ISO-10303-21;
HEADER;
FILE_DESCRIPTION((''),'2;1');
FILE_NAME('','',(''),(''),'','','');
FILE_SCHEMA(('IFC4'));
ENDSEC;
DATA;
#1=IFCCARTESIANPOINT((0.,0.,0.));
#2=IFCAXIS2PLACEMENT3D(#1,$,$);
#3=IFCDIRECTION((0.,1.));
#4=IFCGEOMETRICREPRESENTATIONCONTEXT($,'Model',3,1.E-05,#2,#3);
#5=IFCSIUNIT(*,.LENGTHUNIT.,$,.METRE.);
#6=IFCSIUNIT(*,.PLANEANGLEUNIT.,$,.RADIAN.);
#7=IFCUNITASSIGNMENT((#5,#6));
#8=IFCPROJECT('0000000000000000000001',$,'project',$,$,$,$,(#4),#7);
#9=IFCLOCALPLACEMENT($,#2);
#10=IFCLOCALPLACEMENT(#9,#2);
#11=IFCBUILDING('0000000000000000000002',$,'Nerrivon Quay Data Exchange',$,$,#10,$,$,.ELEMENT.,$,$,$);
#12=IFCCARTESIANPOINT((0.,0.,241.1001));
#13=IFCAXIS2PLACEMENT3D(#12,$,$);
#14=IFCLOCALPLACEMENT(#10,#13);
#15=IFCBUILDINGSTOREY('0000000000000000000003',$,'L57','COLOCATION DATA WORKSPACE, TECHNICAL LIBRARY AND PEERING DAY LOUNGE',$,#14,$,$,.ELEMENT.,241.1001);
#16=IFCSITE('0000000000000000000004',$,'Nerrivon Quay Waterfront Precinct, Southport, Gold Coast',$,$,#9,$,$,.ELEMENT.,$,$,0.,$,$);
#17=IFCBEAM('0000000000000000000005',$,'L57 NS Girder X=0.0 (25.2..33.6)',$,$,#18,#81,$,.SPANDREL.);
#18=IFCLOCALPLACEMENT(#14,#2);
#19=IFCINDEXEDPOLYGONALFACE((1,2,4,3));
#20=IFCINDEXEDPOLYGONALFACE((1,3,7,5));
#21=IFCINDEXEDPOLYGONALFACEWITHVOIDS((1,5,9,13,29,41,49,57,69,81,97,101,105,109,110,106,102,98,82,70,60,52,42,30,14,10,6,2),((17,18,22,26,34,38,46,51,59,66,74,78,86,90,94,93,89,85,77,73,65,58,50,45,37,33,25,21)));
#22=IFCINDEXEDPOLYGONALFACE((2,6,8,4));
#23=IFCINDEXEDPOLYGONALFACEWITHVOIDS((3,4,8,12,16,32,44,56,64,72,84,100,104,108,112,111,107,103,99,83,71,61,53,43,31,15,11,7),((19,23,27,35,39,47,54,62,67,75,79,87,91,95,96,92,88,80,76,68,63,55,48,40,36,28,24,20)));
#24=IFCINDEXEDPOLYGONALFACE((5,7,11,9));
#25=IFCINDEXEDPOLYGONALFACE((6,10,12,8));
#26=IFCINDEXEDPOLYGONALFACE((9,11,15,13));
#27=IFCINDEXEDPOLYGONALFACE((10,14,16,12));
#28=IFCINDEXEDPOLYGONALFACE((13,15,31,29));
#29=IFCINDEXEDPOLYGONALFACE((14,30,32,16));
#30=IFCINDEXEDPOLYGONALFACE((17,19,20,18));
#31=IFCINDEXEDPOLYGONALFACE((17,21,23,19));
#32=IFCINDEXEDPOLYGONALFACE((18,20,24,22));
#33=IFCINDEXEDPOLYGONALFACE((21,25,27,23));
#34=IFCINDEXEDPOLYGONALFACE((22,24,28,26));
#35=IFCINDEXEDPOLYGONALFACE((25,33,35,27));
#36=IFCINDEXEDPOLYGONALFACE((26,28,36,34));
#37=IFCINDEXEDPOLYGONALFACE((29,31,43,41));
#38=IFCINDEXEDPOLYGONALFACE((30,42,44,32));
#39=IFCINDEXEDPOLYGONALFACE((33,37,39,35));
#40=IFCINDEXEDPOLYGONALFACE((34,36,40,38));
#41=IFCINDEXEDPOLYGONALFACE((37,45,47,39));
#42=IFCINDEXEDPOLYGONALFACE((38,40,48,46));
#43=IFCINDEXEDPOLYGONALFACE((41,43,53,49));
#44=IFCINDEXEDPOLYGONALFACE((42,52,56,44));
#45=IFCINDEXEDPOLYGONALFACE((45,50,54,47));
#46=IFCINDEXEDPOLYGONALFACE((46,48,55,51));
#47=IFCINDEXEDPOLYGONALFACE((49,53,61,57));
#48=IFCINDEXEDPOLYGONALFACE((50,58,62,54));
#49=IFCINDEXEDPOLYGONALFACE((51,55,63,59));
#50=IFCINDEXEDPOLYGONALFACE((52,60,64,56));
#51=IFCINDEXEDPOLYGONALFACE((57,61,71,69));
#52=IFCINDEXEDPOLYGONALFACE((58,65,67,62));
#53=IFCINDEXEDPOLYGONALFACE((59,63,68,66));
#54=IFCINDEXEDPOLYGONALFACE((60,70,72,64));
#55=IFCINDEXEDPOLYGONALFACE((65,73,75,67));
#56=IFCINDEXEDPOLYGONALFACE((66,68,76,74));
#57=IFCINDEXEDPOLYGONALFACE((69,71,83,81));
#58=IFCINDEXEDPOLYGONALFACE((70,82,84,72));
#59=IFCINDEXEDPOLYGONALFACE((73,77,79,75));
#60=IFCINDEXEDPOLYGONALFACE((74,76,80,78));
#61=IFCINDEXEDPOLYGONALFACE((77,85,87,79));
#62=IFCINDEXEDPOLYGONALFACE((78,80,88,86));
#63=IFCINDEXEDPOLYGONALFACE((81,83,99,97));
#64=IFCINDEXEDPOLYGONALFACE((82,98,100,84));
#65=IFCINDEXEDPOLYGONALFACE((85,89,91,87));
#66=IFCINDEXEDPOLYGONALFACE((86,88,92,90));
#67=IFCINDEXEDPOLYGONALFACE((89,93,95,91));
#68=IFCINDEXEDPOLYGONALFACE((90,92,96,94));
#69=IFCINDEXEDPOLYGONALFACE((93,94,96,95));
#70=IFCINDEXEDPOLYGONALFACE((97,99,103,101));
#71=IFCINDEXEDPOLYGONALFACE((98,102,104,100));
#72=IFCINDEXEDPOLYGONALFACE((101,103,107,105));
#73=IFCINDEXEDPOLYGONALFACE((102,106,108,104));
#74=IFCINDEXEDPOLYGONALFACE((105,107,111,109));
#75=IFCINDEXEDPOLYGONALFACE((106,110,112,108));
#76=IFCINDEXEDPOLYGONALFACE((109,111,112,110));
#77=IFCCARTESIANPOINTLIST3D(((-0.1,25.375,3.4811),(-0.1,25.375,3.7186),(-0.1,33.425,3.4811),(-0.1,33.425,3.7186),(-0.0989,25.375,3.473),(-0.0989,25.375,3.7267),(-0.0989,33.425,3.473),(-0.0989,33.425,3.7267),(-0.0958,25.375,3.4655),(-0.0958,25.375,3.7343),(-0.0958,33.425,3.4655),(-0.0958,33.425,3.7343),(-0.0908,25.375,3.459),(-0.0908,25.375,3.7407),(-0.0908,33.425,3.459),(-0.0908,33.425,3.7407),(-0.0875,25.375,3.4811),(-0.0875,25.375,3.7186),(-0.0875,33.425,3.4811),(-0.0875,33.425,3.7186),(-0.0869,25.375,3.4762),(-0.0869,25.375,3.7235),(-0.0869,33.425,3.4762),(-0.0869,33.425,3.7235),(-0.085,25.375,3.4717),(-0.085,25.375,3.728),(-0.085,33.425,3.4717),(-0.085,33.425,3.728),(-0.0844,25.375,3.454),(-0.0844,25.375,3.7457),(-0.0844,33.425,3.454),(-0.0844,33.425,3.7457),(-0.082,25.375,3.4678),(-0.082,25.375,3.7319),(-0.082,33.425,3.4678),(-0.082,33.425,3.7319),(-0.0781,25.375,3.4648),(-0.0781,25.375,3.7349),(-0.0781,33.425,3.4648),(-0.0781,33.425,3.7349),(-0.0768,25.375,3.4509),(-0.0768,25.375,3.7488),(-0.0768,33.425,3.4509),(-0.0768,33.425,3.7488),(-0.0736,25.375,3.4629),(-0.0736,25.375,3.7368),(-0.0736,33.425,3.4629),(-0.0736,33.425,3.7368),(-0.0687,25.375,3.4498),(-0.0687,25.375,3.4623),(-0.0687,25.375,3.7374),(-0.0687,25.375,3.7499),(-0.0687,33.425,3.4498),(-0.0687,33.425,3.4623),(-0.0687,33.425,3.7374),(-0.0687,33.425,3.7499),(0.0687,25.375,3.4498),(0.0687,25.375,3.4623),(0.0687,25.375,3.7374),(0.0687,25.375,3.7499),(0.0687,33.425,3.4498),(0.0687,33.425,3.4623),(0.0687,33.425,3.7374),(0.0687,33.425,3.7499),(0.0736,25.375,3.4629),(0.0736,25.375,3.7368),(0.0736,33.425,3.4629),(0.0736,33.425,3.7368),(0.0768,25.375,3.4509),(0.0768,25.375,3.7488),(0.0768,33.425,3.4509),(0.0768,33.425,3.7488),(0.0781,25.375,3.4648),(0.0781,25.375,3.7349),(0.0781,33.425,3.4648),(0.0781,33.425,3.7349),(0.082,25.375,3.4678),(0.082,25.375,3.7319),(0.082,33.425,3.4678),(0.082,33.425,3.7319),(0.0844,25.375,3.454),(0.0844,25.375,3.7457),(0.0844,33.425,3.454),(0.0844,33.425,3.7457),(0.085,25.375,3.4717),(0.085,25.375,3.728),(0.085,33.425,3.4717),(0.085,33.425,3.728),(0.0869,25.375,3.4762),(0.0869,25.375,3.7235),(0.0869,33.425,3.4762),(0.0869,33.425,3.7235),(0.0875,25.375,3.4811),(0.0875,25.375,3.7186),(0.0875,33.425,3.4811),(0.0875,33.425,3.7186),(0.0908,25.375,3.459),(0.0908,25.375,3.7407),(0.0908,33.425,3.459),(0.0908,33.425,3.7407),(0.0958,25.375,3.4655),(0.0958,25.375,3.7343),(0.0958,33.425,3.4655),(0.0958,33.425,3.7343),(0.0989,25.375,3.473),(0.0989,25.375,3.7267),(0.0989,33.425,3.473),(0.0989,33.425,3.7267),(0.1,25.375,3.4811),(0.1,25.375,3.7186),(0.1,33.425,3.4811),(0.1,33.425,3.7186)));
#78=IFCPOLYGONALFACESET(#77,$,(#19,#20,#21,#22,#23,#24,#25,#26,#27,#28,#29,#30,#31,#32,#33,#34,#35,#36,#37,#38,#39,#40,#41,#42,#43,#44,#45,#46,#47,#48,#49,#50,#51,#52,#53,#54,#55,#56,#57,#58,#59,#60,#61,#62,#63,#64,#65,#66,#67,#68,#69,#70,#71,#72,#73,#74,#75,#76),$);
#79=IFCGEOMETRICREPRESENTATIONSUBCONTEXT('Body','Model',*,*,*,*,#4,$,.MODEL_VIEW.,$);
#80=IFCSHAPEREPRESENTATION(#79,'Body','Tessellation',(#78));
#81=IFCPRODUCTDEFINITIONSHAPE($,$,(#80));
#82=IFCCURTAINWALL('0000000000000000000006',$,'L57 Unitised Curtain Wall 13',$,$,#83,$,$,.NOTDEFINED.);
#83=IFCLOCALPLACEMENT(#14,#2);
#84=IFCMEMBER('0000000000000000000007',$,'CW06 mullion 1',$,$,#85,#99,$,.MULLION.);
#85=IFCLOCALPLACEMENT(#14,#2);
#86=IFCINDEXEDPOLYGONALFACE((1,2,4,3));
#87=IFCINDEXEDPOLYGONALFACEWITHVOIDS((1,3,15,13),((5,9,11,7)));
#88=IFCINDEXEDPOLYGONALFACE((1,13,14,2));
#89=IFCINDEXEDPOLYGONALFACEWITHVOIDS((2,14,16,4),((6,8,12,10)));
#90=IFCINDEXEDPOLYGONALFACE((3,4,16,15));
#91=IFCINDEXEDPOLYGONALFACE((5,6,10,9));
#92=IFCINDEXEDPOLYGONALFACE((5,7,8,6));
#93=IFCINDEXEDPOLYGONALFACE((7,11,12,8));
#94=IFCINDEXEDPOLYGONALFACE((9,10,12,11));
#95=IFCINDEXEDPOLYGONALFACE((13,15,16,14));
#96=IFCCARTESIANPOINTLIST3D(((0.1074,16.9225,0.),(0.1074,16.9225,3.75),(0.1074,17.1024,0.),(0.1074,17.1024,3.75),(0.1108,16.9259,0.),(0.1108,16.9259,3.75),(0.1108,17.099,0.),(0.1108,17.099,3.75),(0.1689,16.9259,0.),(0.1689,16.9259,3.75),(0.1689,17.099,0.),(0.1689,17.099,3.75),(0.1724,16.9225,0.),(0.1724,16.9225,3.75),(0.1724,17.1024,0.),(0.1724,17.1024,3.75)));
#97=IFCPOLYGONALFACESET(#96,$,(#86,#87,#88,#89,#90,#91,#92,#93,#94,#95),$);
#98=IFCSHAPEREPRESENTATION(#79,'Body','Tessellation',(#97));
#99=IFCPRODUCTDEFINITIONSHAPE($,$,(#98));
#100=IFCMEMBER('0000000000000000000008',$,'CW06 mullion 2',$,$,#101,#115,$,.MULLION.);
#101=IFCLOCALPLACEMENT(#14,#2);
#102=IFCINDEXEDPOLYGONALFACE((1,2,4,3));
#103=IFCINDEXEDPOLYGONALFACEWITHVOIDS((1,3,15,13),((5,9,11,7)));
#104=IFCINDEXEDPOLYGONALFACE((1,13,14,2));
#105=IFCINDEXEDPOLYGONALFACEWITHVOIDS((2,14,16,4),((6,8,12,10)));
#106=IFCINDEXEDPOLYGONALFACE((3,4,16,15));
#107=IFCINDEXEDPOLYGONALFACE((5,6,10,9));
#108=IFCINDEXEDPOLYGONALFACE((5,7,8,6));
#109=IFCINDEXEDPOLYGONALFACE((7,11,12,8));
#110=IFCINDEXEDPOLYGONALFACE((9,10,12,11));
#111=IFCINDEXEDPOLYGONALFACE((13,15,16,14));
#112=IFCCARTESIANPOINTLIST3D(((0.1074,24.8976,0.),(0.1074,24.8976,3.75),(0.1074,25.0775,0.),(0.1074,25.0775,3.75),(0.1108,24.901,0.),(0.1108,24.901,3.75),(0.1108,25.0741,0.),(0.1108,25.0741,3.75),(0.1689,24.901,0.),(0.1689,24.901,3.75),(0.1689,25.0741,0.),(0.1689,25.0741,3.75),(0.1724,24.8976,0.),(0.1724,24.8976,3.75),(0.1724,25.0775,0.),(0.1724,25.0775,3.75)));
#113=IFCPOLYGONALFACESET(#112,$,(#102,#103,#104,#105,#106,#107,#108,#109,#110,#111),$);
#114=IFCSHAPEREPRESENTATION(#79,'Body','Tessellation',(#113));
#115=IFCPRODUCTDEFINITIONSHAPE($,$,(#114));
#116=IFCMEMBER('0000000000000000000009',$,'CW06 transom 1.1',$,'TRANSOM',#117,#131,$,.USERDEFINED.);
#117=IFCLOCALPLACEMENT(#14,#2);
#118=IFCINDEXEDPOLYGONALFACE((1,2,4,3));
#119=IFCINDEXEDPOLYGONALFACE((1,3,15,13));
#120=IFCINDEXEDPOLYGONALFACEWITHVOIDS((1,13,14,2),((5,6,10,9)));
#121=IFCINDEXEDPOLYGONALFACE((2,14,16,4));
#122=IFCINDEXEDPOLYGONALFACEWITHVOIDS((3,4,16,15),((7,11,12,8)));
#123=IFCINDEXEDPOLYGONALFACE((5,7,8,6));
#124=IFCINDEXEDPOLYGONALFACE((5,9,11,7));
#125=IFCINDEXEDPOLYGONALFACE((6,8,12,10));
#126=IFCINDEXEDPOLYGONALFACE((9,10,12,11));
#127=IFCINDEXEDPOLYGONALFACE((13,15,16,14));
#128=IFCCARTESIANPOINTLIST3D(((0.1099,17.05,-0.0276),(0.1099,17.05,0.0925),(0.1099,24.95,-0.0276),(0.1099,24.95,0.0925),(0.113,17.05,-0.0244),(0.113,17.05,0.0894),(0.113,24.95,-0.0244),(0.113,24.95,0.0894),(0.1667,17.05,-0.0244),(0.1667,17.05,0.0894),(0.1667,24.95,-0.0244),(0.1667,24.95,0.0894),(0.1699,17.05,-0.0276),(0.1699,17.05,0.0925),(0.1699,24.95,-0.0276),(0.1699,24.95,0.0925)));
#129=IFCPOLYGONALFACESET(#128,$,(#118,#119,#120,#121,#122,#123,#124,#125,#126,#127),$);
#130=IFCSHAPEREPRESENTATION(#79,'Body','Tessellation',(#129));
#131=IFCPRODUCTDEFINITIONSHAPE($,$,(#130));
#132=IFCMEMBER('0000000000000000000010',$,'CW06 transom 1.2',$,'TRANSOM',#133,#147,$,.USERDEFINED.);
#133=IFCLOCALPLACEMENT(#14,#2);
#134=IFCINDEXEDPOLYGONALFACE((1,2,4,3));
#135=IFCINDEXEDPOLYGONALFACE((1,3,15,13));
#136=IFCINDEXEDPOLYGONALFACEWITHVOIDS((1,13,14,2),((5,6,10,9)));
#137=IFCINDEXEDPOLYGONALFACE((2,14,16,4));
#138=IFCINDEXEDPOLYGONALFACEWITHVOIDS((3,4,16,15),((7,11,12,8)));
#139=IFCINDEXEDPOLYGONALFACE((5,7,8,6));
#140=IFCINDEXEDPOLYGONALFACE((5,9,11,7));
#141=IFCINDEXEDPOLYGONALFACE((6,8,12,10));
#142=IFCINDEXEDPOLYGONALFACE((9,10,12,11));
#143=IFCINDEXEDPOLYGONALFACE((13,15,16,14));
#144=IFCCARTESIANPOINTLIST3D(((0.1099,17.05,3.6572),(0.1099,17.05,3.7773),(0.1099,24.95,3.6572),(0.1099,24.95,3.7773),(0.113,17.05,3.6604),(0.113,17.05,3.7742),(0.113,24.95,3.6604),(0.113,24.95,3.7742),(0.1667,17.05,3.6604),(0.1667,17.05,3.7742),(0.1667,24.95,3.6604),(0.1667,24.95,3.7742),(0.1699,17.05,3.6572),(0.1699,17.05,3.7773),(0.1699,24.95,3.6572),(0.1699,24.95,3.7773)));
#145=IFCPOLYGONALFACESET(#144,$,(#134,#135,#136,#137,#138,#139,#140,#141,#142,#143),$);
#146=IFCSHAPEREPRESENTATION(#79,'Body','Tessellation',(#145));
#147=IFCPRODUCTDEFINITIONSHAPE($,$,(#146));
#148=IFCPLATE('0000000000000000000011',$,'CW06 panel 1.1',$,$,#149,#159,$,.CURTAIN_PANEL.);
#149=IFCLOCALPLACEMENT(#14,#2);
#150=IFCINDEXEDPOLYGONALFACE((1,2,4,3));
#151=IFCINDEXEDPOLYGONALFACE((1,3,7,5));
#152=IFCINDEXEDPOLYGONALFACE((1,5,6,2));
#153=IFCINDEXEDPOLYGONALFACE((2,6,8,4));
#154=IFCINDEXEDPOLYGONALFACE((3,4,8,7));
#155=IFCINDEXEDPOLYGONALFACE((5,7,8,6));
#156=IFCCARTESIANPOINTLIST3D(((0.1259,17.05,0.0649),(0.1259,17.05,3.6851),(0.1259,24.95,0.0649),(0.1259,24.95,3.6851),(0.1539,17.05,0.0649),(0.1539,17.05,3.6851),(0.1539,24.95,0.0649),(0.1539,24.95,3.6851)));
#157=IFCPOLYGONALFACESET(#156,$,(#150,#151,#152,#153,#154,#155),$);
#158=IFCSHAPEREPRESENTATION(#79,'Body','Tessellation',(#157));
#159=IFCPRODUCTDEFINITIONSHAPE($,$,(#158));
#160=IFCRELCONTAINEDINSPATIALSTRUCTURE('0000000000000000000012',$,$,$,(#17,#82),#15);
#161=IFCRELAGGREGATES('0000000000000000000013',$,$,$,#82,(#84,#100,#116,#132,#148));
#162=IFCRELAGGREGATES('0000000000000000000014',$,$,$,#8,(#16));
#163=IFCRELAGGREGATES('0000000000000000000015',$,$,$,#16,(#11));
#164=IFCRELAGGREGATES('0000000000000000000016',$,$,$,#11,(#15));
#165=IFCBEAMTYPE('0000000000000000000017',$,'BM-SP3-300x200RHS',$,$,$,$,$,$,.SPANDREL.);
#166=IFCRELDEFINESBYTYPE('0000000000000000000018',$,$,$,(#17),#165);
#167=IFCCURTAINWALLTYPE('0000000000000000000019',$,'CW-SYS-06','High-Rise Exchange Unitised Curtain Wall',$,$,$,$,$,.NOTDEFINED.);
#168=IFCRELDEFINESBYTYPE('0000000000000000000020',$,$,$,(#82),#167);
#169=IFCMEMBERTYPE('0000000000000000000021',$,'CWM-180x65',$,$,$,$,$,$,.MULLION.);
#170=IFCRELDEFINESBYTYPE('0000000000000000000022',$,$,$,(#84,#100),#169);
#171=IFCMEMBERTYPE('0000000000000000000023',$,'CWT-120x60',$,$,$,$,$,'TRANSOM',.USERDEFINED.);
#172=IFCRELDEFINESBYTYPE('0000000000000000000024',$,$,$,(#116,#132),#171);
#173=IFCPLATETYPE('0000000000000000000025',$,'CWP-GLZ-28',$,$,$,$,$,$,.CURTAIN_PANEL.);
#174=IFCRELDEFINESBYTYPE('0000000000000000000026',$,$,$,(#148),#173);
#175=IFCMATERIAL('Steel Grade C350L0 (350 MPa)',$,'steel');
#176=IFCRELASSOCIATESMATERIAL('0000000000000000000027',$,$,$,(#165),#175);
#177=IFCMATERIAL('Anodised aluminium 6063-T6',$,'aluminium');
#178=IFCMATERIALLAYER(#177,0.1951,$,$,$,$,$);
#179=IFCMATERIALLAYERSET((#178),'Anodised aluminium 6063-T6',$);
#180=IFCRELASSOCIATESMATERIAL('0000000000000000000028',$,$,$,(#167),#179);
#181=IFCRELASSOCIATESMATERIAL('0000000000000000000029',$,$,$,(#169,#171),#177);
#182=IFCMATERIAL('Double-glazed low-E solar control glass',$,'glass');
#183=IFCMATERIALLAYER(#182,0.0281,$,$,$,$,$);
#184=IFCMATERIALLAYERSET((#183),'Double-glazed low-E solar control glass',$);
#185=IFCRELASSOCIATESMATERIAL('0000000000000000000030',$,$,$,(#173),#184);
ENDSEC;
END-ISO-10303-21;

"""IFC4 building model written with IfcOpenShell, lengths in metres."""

from ifc_helpers import new_model, si_unit, direction, frame, origin, origin_2d, place, context, subcontext, project, spatial, rectangle, hollow_rectangle, extrude, material, layer, layer_set, material_profile, profile_set, type_object, element, aggregate, save


model = new_model("IFC4")

# Units and contexts
model_context = context("Model", 3, precision=1e-05, world=origin(), true_north=direction((0.0, 1.0)))
body_context = subcontext(model_context, "Body", "Model", "MODEL_VIEW")
ifc_project = project(units=[si_unit("LENGTHUNIT", "METRE"), si_unit("PLANEANGLEUNIT", "RADIAN")], contexts=[model_context])

# Site, building, storey
site_placement = place(None, origin())
site = spatial("IfcSite", under=ifc_project, at=site_placement, Name="Nerrivon Quay Waterfront Precinct, Southport, Gold Coast", CompositionType="ELEMENT", RefElevation=0.0)
building_placement = place(site_placement, origin())
building = spatial("IfcBuilding", under=site, at=building_placement, Name="Nerrivon Quay Data Exchange", CompositionType="ELEMENT")
storey_placement = place(building_placement, frame((0.0, 0.0, 241.1001)))
storey = spatial("IfcBuildingStorey", under=building, at=storey_placement, Name="L57", Description="COLOCATION DATA WORKSPACE, TECHNICAL LIBRARY AND PEERING DAY LOUNGE", CompositionType="ELEMENT", Elevation=241.1001)

# Beam
ifc_material_1 = material(Name="Steel Grade C350L0 (350 MPa)", Category="steel")
ifc_material_profile_1 = material_profile(ifc_material_1, hollow_rectangle(XDim=0.2, YDim=0.3, WallThickness=0.0125, InnerFilletRadius=0.0188, OuterFilletRadius=0.0312, at=origin_2d()), Name="300x200x12.5RHS")
ifc_profile_set_1 = profile_set([ifc_material_profile_1], Name="Steel Grade C350L0 (350 MPa)")
beam_type_1 = type_object("IfcBeamType", Name="BM-SP3-300x200RHS", PredefinedType="SPANDREL", material=ifc_profile_set_1)
beam_1_placement = place(storey_placement, frame((0.0, 25.375, 3.5999), z_axis=(0.0, 1.0, 0.0), x_axis=(-1.0, 0.0, 0.0)))
element("IfcBeam", 1, at=beam_1_placement, inside=storey, type_object=beam_type_1, Name="L57 NS Girder X=0.0 (25.2..33.6)", PredefinedType="SPANDREL", context=body_context, shape_type="SweptSolid", body=[
    extrude(hollow_rectangle(XDim=0.2, YDim=0.3, WallThickness=0.0125, InnerFilletRadius=0.0188, OuterFilletRadius=0.0312, at=origin_2d()), origin(), (0.0, 0.0, 1.0), 8.05),
])

# Curtain wall, members, plate
ifc_material_2 = material(Name="Anodised aluminium 6063-T6", Category="aluminium")
ifc_layer_1 = layer(ifc_material_2, 0.1951)
ifc_layer_set_1 = layer_set([ifc_layer_1], Name="Anodised aluminium 6063-T6")
curtain_wall_type = type_object("IfcCurtainWallType", Name="CW-SYS-06", Description="High-Rise Exchange Unitised Curtain Wall", PredefinedType="NOTDEFINED", material=ifc_layer_set_1)
curtain_wall_placement = place(storey_placement, origin())
curtain_wall = element("IfcCurtainWall", 2, at=curtain_wall_placement, inside=storey, type_object=curtain_wall_type, Name="L57 Unitised Curtain Wall 13", PredefinedType="NOTDEFINED")
ifc_material_profile_2 = material_profile(ifc_material_2, hollow_rectangle(XDim=0.0649, YDim=0.1799, WallThickness=0.0034, at=origin_2d()), Name="ALU-MULL-180x65")
ifc_profile_set_2 = profile_set([ifc_material_profile_2], Name="Anodised aluminium 6063-T6")
member_type_1 = type_object("IfcMemberType", Name="CWM-180x65", PredefinedType="MULLION", material=ifc_profile_set_2)
member_1_placement = place(storey_placement, frame((0.1399, 17.0125, 0.0), z_axis=(0.0, 0.0, 1.0), x_axis=(-1.0, 0.0, 0.0)))
member_1 = element("IfcMember", 3, at=member_1_placement, type_object=member_type_1, Name="CW06 mullion 1", PredefinedType="MULLION", context=body_context, shape_type="SweptSolid", body=[
    extrude(hollow_rectangle(XDim=0.0649, YDim=0.1799, WallThickness=0.0034, at=origin_2d()), origin(), (0.0, 0.0, 1.0), 3.75),
])
member_2_placement = place(storey_placement, frame((0.1399, 24.9875, 0.0), z_axis=(0.0, 0.0, 1.0), x_axis=(-1.0, 0.0, 0.0)))
member_2 = element("IfcMember", 4, at=member_2_placement, type_object=member_type_1, Name="CW06 mullion 2", PredefinedType="MULLION", context=body_context, shape_type="SweptSolid", body=[
    extrude(hollow_rectangle(XDim=0.0649, YDim=0.1799, WallThickness=0.0034, at=origin_2d()), origin(), (0.0, 0.0, 1.0), 3.75),
])
ifc_material_profile_3 = material_profile(ifc_material_2, hollow_rectangle(XDim=0.0601, YDim=0.1201, WallThickness=0.0032, at=origin_2d()), Name="ALU-TRAN-120x60")
ifc_profile_set_3 = profile_set([ifc_material_profile_3], Name="Anodised aluminium 6063-T6")
member_type_2 = type_object("IfcMemberType", Name="CWT-120x60", ElementType="TRANSOM", PredefinedType="USERDEFINED", material=ifc_profile_set_3)
member_3_placement = place(storey_placement, frame((0.1399, 17.05, 0.0325), z_axis=(0.0, 1.0, 0.0), x_axis=(-1.0, 0.0, 0.0)))
member_3 = element("IfcMember", 5, at=member_3_placement, type_object=member_type_2, Name="CW06 transom 1.1", ObjectType="TRANSOM", PredefinedType="USERDEFINED", context=body_context, shape_type="SweptSolid", body=[
    extrude(hollow_rectangle(XDim=0.0601, YDim=0.1201, WallThickness=0.0032, at=origin_2d()), origin(), (0.0, 0.0, 1.0), 7.8999),
])
member_4_placement = place(storey_placement, frame((0.1399, 17.05, 3.7173), z_axis=(0.0, 1.0, 0.0), x_axis=(-1.0, 0.0, 0.0)))
member_4 = element("IfcMember", 6, at=member_4_placement, type_object=member_type_2, Name="CW06 transom 1.2", ObjectType="TRANSOM", PredefinedType="USERDEFINED", context=body_context, shape_type="SweptSolid", body=[
    extrude(hollow_rectangle(XDim=0.0601, YDim=0.1201, WallThickness=0.0032, at=origin_2d()), origin(), (0.0, 0.0, 1.0), 7.8999),
])
ifc_material_3 = material(Name="Double-glazed low-E solar control glass", Category="glass")
ifc_layer_2 = layer(ifc_material_3, 0.0281)
ifc_layer_set_2 = layer_set([ifc_layer_2], Name="Double-glazed low-E solar control glass")
plate_type = type_object("IfcPlateType", Name="CWP-GLZ-28", PredefinedType="CURTAIN_PANEL", material=ifc_layer_set_2)
plate_placement = place(storey_placement, frame((0.1399, 21.0, 0.0649), z_axis=(0.0, 0.0, 1.0), x_axis=(0.0, 1.0, 0.0)))
plate = element("IfcPlate", 7, at=plate_placement, type_object=plate_type, Name="CW06 panel 1.1", PredefinedType="CURTAIN_PANEL", context=body_context, shape_type="SweptSolid", body=[
    extrude(rectangle(XDim=7.8999, YDim=0.0281, at=origin_2d()), origin(), (0.0, 0.0, 1.0), 3.6201),
])
aggregate(curtain_wall, [member_1, member_2, member_3, member_4, plate])

save(model, "model.ifc")
